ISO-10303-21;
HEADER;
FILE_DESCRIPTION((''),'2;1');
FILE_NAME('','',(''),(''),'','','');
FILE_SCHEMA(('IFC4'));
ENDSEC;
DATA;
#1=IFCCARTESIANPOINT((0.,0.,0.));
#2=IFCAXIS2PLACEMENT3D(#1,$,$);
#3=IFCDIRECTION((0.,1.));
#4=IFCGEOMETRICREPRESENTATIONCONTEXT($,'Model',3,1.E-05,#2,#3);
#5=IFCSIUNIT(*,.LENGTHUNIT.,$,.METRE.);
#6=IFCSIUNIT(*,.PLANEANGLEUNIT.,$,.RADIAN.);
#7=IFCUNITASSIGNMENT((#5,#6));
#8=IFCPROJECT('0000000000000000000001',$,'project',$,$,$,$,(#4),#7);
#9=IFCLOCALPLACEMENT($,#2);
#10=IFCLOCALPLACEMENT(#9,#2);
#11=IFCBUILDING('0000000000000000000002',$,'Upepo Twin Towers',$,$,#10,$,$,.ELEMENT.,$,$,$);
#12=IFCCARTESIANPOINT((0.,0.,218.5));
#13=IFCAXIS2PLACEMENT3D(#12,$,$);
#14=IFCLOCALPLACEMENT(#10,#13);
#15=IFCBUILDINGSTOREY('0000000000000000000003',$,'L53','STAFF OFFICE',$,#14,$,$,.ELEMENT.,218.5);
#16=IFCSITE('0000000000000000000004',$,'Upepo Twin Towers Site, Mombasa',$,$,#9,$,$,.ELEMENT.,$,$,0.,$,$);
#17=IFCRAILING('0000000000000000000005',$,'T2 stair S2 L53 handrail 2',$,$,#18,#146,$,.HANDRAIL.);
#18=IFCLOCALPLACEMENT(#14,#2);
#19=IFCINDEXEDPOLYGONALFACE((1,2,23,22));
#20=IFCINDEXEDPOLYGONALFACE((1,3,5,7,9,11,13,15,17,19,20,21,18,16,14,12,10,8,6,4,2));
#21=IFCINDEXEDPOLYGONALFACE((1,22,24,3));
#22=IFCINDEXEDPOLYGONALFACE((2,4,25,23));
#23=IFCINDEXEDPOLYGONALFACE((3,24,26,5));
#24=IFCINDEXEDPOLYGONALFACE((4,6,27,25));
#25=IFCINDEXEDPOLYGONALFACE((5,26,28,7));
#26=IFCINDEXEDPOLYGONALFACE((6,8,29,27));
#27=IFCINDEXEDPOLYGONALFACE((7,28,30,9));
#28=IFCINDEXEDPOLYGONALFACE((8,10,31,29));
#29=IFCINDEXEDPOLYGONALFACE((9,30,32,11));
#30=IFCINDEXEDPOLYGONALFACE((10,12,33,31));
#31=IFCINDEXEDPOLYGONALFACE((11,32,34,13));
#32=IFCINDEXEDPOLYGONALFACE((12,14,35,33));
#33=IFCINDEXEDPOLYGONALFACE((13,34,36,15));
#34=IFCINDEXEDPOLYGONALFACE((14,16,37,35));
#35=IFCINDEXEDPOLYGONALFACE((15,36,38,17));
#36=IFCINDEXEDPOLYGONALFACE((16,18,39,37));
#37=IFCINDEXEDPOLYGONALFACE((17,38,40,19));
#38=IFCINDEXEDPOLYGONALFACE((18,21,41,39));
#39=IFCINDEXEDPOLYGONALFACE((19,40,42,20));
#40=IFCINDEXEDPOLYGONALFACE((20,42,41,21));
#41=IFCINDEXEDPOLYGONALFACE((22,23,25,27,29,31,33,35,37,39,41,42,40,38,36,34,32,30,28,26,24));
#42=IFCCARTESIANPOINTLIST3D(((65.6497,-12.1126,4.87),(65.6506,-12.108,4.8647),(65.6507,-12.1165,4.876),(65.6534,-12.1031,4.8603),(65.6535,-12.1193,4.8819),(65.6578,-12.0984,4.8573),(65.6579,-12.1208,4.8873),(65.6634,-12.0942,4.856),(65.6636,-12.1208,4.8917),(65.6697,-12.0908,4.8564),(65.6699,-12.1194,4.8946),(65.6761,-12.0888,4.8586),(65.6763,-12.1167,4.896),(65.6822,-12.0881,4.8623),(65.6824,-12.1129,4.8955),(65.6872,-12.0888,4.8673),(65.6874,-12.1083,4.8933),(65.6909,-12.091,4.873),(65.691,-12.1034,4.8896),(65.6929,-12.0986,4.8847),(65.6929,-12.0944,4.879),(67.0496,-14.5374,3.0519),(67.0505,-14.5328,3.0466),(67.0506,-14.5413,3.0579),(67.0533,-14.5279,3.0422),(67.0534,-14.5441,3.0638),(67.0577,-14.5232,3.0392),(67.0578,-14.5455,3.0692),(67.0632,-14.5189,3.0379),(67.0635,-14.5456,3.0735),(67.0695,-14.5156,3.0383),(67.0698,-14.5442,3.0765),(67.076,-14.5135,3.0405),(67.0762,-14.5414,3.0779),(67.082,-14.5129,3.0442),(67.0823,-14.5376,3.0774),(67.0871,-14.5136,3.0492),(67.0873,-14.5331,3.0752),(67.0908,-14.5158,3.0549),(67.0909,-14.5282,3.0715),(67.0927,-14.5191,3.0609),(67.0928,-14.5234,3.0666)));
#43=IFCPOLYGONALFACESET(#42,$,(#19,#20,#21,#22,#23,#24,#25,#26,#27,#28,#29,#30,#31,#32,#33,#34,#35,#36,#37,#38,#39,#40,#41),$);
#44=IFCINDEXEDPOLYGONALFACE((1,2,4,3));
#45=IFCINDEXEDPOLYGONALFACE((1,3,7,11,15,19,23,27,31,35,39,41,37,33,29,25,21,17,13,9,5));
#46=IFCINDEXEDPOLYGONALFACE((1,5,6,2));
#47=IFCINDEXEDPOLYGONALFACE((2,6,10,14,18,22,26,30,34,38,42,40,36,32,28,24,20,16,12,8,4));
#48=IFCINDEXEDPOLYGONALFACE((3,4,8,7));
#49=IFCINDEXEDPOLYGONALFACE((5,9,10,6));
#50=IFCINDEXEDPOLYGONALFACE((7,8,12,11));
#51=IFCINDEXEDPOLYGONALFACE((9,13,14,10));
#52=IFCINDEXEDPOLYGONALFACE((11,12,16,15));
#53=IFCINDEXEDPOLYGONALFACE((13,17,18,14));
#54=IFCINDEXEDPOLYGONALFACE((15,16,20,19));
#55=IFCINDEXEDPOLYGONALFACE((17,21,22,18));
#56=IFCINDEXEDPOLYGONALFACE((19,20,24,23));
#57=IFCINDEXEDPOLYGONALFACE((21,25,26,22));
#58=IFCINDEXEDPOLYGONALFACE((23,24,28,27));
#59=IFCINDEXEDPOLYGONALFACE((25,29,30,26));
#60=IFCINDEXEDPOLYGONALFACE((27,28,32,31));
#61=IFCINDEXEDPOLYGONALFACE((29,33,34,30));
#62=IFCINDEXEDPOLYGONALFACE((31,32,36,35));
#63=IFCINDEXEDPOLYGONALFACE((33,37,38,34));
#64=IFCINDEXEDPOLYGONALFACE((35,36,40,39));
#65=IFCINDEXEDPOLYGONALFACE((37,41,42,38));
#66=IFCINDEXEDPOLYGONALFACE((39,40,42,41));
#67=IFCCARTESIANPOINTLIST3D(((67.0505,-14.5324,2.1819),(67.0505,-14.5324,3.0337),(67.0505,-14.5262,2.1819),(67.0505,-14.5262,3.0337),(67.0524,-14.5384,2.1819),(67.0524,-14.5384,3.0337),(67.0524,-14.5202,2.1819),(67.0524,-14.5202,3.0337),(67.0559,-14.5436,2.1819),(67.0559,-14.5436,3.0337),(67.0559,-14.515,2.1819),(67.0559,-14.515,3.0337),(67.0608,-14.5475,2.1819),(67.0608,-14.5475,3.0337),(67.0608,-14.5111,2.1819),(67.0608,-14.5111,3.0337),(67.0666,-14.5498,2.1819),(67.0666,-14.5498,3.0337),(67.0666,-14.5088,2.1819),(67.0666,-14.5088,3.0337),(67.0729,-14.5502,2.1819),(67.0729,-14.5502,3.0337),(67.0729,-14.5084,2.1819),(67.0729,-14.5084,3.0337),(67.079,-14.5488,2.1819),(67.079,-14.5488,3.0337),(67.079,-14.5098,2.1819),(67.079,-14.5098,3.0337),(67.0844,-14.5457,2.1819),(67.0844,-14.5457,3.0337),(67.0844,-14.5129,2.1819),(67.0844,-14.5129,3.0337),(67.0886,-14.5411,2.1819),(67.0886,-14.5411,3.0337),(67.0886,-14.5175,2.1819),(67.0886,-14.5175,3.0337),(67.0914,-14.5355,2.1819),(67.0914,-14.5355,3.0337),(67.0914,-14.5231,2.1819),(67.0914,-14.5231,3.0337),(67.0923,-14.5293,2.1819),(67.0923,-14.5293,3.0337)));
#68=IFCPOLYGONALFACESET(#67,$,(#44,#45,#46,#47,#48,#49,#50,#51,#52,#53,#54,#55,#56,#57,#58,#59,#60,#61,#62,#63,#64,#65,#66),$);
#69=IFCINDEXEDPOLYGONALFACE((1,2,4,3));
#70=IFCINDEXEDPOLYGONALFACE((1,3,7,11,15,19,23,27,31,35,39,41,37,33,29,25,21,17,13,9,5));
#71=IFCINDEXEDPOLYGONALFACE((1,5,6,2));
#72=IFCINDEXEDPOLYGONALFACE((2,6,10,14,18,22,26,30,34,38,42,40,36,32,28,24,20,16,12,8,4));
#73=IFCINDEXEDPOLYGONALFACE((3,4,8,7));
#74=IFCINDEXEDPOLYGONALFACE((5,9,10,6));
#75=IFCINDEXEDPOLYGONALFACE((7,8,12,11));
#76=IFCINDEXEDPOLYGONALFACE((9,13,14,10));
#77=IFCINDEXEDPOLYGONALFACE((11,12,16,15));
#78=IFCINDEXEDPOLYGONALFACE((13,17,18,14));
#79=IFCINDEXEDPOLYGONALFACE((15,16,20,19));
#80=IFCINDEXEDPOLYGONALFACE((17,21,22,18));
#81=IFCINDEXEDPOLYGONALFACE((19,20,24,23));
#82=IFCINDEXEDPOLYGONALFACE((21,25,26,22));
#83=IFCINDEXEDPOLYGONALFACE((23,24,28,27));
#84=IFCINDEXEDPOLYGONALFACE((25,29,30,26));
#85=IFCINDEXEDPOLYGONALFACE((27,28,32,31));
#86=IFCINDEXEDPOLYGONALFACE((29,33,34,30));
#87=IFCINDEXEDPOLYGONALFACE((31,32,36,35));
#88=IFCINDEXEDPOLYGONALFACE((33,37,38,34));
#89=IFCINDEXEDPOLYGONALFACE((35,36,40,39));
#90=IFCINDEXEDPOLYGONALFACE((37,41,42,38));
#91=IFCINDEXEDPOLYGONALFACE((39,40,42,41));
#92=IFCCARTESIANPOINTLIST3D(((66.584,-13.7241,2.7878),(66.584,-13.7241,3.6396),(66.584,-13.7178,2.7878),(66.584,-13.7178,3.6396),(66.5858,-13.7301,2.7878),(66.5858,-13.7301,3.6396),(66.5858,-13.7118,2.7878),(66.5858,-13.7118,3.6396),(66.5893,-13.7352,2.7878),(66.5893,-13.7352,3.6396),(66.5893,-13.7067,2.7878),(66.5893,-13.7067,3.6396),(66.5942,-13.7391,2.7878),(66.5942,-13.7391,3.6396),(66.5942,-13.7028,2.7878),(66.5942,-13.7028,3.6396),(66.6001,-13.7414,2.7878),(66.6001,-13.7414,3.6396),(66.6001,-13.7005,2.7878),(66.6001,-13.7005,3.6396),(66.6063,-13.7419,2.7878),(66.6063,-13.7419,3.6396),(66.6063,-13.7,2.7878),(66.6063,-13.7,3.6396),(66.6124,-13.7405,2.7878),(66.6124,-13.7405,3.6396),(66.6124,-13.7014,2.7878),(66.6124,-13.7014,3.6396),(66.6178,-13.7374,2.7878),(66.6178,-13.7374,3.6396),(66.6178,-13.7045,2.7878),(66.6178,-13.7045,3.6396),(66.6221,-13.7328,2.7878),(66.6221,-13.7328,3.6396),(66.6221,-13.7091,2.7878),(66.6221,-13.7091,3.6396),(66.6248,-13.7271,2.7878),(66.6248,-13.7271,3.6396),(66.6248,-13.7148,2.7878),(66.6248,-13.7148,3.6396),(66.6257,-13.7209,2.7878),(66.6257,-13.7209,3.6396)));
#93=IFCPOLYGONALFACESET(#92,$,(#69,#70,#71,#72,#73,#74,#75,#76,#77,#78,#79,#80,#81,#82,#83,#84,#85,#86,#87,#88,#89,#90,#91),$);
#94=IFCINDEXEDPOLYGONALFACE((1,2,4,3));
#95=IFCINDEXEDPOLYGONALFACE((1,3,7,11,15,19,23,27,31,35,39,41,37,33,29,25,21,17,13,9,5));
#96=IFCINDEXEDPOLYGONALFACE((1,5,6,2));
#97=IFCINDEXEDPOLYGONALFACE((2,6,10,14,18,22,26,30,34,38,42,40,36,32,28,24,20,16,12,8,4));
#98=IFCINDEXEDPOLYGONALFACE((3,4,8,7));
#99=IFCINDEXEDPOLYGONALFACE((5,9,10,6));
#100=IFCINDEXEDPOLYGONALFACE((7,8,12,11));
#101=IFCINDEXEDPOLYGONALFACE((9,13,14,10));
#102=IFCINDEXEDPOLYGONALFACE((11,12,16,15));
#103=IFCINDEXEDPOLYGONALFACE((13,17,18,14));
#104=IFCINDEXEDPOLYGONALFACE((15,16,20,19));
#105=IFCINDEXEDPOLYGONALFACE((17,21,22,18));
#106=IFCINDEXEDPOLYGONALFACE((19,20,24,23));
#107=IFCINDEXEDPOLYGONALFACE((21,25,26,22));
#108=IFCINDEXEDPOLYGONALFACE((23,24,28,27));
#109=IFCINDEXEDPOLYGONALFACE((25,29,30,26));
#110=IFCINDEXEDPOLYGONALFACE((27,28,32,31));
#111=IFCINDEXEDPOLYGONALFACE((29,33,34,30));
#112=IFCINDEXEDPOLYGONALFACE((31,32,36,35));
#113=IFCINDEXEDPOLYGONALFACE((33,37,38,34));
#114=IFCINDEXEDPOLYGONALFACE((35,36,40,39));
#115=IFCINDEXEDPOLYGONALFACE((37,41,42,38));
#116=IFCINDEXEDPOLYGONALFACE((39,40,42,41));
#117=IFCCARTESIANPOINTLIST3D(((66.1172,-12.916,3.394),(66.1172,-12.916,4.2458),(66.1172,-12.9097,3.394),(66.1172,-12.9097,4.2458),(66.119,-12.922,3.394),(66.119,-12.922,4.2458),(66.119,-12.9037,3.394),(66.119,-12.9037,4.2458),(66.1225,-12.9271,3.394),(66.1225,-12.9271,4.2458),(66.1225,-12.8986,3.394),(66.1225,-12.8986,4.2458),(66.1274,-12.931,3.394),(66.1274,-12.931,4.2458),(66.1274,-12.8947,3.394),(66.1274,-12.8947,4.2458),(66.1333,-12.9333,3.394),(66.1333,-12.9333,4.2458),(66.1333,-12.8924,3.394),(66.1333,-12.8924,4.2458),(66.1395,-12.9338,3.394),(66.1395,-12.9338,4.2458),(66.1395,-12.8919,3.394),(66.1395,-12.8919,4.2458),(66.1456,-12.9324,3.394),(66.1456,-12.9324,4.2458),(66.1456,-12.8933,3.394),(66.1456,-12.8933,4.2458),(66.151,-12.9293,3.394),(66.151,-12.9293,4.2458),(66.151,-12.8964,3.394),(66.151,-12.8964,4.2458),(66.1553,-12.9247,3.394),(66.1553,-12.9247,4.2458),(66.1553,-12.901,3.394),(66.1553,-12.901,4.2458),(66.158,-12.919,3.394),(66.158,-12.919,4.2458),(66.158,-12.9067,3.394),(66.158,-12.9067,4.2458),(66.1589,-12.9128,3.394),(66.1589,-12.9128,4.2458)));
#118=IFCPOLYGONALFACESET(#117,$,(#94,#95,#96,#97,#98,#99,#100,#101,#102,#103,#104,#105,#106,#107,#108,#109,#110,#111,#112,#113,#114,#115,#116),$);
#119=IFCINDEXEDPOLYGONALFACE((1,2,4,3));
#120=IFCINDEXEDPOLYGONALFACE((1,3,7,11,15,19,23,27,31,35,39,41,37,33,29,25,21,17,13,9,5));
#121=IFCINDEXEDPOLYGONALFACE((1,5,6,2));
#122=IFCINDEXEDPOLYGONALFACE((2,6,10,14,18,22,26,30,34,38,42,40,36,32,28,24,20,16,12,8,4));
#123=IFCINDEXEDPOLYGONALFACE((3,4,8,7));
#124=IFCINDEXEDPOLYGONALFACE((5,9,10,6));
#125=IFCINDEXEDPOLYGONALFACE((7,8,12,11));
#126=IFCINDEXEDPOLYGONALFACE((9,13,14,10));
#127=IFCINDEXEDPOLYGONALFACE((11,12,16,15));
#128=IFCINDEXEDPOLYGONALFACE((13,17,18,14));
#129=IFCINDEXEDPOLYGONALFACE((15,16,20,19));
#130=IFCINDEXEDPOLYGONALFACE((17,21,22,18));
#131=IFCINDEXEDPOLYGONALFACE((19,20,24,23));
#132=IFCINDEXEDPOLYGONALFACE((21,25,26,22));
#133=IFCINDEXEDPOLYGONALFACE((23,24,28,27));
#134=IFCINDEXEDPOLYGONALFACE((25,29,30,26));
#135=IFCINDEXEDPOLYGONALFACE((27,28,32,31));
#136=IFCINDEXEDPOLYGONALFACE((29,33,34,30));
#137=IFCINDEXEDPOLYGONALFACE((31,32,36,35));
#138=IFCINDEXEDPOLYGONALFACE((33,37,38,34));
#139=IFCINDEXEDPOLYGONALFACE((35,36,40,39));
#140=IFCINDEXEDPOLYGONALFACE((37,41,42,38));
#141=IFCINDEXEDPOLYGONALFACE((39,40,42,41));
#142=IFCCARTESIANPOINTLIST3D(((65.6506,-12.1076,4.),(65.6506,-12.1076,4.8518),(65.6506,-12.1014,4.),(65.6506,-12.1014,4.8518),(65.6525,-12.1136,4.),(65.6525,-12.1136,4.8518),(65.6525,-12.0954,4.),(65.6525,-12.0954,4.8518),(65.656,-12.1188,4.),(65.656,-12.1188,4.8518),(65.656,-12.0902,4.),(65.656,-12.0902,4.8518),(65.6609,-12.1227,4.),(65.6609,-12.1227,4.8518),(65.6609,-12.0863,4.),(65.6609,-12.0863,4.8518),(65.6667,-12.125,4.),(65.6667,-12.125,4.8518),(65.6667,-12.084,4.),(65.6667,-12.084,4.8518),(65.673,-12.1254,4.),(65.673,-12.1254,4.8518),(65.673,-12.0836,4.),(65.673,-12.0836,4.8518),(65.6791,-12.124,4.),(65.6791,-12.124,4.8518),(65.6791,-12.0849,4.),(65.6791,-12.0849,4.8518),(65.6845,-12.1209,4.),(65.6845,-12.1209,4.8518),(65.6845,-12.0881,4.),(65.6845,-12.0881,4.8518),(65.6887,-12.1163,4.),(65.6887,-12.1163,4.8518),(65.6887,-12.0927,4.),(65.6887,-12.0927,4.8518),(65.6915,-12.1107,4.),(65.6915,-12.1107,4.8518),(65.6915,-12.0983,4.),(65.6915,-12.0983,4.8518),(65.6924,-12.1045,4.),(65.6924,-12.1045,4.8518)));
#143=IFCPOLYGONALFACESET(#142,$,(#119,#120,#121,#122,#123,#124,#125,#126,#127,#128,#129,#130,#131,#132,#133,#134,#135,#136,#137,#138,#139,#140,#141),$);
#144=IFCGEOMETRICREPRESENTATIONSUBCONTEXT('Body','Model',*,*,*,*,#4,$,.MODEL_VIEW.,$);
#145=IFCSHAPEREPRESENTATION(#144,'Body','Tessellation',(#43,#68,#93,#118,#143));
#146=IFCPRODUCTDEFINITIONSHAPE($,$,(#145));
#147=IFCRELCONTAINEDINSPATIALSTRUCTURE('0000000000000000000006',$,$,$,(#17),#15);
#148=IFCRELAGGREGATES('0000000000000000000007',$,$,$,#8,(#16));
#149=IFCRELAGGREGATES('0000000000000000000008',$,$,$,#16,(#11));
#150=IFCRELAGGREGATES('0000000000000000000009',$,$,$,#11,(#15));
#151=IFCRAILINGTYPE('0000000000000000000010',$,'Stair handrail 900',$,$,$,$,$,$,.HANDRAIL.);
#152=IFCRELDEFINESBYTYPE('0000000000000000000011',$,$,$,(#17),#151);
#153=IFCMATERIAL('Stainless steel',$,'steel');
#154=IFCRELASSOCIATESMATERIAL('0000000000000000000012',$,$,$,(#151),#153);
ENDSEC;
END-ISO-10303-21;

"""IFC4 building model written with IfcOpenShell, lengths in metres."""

from ifc_helpers import new_model, si_unit, direction, frame, origin, origin_2d, place, context, subcontext, project, spatial, circle, extrude, material, type_object, element, save


model = new_model("IFC4")

# Units and contexts
model_context = context("Model", 3, precision=1e-05, world=origin(), true_north=direction((0.0, 1.0)))
body_context = subcontext(model_context, "Body", "Model", "MODEL_VIEW")
ifc_project = project(units=[si_unit("LENGTHUNIT", "METRE"), si_unit("PLANEANGLEUNIT", "RADIAN")], contexts=[model_context])

# Site, building, storey
site_placement = place(None, origin())
site = spatial("IfcSite", under=ifc_project, at=site_placement, Name="Upepo Twin Towers Site, Mombasa", CompositionType="ELEMENT", RefElevation=0.0)
building_placement = place(site_placement, origin())
building = spatial("IfcBuilding", under=site, at=building_placement, Name="Upepo Twin Towers", CompositionType="ELEMENT")
storey_placement = place(building_placement, frame((0.0, 0.0, 218.5)))
storey = spatial("IfcBuildingStorey", under=building, at=storey_placement, Name="L53", Description="STAFF OFFICE", CompositionType="ELEMENT", Elevation=218.5)

# Railing
ifc_material_1 = material(Name="Stainless steel", Category="steel")
railing_type = type_object("IfcRailingType", Name="Stair handrail 900", PredefinedType="HANDRAIL", material=ifc_material_1)
railing_1_placement = place(storey_placement, frame((67.0713, -14.5293, 2.1819)))
element("IfcRailing", 1, at=railing_1_placement, inside=storey, type_object=railing_type, Name="T2 stair S2 L53 handrail 2", PredefinedType="HANDRAIL", context=body_context, shape_type="SweptSolid", body=[
    extrude(circle(Radius=0.0239, at=origin_2d()), frame((0.0, 0.0, 0.876), z_axis=(-0.419333, 0.726336, 0.544606), x_axis=(-0.866035, -0.499984, 0.0)), (0.0, 0.0, 1.0), 3.3384),
    extrude(circle(Radius=0.021, at=origin_2d()), origin(), (0.0, 0.0, 1.0), 0.8518),
    extrude(circle(Radius=0.021, at=origin_2d()), frame((-0.4666, 0.8083, 0.606)), (0.0, 0.0, 1.0), 0.8518),
    extrude(circle(Radius=0.021, at=origin_2d()), frame((-0.9333, 1.6165, 1.2122)), (0.0, 0.0, 1.0), 0.8518),
    extrude(circle(Radius=0.021, at=origin_2d()), frame((-1.3999, 2.4248, 1.8181)), (0.0, 0.0, 1.0), 0.8518),
])

save(model, "model.ifc")
